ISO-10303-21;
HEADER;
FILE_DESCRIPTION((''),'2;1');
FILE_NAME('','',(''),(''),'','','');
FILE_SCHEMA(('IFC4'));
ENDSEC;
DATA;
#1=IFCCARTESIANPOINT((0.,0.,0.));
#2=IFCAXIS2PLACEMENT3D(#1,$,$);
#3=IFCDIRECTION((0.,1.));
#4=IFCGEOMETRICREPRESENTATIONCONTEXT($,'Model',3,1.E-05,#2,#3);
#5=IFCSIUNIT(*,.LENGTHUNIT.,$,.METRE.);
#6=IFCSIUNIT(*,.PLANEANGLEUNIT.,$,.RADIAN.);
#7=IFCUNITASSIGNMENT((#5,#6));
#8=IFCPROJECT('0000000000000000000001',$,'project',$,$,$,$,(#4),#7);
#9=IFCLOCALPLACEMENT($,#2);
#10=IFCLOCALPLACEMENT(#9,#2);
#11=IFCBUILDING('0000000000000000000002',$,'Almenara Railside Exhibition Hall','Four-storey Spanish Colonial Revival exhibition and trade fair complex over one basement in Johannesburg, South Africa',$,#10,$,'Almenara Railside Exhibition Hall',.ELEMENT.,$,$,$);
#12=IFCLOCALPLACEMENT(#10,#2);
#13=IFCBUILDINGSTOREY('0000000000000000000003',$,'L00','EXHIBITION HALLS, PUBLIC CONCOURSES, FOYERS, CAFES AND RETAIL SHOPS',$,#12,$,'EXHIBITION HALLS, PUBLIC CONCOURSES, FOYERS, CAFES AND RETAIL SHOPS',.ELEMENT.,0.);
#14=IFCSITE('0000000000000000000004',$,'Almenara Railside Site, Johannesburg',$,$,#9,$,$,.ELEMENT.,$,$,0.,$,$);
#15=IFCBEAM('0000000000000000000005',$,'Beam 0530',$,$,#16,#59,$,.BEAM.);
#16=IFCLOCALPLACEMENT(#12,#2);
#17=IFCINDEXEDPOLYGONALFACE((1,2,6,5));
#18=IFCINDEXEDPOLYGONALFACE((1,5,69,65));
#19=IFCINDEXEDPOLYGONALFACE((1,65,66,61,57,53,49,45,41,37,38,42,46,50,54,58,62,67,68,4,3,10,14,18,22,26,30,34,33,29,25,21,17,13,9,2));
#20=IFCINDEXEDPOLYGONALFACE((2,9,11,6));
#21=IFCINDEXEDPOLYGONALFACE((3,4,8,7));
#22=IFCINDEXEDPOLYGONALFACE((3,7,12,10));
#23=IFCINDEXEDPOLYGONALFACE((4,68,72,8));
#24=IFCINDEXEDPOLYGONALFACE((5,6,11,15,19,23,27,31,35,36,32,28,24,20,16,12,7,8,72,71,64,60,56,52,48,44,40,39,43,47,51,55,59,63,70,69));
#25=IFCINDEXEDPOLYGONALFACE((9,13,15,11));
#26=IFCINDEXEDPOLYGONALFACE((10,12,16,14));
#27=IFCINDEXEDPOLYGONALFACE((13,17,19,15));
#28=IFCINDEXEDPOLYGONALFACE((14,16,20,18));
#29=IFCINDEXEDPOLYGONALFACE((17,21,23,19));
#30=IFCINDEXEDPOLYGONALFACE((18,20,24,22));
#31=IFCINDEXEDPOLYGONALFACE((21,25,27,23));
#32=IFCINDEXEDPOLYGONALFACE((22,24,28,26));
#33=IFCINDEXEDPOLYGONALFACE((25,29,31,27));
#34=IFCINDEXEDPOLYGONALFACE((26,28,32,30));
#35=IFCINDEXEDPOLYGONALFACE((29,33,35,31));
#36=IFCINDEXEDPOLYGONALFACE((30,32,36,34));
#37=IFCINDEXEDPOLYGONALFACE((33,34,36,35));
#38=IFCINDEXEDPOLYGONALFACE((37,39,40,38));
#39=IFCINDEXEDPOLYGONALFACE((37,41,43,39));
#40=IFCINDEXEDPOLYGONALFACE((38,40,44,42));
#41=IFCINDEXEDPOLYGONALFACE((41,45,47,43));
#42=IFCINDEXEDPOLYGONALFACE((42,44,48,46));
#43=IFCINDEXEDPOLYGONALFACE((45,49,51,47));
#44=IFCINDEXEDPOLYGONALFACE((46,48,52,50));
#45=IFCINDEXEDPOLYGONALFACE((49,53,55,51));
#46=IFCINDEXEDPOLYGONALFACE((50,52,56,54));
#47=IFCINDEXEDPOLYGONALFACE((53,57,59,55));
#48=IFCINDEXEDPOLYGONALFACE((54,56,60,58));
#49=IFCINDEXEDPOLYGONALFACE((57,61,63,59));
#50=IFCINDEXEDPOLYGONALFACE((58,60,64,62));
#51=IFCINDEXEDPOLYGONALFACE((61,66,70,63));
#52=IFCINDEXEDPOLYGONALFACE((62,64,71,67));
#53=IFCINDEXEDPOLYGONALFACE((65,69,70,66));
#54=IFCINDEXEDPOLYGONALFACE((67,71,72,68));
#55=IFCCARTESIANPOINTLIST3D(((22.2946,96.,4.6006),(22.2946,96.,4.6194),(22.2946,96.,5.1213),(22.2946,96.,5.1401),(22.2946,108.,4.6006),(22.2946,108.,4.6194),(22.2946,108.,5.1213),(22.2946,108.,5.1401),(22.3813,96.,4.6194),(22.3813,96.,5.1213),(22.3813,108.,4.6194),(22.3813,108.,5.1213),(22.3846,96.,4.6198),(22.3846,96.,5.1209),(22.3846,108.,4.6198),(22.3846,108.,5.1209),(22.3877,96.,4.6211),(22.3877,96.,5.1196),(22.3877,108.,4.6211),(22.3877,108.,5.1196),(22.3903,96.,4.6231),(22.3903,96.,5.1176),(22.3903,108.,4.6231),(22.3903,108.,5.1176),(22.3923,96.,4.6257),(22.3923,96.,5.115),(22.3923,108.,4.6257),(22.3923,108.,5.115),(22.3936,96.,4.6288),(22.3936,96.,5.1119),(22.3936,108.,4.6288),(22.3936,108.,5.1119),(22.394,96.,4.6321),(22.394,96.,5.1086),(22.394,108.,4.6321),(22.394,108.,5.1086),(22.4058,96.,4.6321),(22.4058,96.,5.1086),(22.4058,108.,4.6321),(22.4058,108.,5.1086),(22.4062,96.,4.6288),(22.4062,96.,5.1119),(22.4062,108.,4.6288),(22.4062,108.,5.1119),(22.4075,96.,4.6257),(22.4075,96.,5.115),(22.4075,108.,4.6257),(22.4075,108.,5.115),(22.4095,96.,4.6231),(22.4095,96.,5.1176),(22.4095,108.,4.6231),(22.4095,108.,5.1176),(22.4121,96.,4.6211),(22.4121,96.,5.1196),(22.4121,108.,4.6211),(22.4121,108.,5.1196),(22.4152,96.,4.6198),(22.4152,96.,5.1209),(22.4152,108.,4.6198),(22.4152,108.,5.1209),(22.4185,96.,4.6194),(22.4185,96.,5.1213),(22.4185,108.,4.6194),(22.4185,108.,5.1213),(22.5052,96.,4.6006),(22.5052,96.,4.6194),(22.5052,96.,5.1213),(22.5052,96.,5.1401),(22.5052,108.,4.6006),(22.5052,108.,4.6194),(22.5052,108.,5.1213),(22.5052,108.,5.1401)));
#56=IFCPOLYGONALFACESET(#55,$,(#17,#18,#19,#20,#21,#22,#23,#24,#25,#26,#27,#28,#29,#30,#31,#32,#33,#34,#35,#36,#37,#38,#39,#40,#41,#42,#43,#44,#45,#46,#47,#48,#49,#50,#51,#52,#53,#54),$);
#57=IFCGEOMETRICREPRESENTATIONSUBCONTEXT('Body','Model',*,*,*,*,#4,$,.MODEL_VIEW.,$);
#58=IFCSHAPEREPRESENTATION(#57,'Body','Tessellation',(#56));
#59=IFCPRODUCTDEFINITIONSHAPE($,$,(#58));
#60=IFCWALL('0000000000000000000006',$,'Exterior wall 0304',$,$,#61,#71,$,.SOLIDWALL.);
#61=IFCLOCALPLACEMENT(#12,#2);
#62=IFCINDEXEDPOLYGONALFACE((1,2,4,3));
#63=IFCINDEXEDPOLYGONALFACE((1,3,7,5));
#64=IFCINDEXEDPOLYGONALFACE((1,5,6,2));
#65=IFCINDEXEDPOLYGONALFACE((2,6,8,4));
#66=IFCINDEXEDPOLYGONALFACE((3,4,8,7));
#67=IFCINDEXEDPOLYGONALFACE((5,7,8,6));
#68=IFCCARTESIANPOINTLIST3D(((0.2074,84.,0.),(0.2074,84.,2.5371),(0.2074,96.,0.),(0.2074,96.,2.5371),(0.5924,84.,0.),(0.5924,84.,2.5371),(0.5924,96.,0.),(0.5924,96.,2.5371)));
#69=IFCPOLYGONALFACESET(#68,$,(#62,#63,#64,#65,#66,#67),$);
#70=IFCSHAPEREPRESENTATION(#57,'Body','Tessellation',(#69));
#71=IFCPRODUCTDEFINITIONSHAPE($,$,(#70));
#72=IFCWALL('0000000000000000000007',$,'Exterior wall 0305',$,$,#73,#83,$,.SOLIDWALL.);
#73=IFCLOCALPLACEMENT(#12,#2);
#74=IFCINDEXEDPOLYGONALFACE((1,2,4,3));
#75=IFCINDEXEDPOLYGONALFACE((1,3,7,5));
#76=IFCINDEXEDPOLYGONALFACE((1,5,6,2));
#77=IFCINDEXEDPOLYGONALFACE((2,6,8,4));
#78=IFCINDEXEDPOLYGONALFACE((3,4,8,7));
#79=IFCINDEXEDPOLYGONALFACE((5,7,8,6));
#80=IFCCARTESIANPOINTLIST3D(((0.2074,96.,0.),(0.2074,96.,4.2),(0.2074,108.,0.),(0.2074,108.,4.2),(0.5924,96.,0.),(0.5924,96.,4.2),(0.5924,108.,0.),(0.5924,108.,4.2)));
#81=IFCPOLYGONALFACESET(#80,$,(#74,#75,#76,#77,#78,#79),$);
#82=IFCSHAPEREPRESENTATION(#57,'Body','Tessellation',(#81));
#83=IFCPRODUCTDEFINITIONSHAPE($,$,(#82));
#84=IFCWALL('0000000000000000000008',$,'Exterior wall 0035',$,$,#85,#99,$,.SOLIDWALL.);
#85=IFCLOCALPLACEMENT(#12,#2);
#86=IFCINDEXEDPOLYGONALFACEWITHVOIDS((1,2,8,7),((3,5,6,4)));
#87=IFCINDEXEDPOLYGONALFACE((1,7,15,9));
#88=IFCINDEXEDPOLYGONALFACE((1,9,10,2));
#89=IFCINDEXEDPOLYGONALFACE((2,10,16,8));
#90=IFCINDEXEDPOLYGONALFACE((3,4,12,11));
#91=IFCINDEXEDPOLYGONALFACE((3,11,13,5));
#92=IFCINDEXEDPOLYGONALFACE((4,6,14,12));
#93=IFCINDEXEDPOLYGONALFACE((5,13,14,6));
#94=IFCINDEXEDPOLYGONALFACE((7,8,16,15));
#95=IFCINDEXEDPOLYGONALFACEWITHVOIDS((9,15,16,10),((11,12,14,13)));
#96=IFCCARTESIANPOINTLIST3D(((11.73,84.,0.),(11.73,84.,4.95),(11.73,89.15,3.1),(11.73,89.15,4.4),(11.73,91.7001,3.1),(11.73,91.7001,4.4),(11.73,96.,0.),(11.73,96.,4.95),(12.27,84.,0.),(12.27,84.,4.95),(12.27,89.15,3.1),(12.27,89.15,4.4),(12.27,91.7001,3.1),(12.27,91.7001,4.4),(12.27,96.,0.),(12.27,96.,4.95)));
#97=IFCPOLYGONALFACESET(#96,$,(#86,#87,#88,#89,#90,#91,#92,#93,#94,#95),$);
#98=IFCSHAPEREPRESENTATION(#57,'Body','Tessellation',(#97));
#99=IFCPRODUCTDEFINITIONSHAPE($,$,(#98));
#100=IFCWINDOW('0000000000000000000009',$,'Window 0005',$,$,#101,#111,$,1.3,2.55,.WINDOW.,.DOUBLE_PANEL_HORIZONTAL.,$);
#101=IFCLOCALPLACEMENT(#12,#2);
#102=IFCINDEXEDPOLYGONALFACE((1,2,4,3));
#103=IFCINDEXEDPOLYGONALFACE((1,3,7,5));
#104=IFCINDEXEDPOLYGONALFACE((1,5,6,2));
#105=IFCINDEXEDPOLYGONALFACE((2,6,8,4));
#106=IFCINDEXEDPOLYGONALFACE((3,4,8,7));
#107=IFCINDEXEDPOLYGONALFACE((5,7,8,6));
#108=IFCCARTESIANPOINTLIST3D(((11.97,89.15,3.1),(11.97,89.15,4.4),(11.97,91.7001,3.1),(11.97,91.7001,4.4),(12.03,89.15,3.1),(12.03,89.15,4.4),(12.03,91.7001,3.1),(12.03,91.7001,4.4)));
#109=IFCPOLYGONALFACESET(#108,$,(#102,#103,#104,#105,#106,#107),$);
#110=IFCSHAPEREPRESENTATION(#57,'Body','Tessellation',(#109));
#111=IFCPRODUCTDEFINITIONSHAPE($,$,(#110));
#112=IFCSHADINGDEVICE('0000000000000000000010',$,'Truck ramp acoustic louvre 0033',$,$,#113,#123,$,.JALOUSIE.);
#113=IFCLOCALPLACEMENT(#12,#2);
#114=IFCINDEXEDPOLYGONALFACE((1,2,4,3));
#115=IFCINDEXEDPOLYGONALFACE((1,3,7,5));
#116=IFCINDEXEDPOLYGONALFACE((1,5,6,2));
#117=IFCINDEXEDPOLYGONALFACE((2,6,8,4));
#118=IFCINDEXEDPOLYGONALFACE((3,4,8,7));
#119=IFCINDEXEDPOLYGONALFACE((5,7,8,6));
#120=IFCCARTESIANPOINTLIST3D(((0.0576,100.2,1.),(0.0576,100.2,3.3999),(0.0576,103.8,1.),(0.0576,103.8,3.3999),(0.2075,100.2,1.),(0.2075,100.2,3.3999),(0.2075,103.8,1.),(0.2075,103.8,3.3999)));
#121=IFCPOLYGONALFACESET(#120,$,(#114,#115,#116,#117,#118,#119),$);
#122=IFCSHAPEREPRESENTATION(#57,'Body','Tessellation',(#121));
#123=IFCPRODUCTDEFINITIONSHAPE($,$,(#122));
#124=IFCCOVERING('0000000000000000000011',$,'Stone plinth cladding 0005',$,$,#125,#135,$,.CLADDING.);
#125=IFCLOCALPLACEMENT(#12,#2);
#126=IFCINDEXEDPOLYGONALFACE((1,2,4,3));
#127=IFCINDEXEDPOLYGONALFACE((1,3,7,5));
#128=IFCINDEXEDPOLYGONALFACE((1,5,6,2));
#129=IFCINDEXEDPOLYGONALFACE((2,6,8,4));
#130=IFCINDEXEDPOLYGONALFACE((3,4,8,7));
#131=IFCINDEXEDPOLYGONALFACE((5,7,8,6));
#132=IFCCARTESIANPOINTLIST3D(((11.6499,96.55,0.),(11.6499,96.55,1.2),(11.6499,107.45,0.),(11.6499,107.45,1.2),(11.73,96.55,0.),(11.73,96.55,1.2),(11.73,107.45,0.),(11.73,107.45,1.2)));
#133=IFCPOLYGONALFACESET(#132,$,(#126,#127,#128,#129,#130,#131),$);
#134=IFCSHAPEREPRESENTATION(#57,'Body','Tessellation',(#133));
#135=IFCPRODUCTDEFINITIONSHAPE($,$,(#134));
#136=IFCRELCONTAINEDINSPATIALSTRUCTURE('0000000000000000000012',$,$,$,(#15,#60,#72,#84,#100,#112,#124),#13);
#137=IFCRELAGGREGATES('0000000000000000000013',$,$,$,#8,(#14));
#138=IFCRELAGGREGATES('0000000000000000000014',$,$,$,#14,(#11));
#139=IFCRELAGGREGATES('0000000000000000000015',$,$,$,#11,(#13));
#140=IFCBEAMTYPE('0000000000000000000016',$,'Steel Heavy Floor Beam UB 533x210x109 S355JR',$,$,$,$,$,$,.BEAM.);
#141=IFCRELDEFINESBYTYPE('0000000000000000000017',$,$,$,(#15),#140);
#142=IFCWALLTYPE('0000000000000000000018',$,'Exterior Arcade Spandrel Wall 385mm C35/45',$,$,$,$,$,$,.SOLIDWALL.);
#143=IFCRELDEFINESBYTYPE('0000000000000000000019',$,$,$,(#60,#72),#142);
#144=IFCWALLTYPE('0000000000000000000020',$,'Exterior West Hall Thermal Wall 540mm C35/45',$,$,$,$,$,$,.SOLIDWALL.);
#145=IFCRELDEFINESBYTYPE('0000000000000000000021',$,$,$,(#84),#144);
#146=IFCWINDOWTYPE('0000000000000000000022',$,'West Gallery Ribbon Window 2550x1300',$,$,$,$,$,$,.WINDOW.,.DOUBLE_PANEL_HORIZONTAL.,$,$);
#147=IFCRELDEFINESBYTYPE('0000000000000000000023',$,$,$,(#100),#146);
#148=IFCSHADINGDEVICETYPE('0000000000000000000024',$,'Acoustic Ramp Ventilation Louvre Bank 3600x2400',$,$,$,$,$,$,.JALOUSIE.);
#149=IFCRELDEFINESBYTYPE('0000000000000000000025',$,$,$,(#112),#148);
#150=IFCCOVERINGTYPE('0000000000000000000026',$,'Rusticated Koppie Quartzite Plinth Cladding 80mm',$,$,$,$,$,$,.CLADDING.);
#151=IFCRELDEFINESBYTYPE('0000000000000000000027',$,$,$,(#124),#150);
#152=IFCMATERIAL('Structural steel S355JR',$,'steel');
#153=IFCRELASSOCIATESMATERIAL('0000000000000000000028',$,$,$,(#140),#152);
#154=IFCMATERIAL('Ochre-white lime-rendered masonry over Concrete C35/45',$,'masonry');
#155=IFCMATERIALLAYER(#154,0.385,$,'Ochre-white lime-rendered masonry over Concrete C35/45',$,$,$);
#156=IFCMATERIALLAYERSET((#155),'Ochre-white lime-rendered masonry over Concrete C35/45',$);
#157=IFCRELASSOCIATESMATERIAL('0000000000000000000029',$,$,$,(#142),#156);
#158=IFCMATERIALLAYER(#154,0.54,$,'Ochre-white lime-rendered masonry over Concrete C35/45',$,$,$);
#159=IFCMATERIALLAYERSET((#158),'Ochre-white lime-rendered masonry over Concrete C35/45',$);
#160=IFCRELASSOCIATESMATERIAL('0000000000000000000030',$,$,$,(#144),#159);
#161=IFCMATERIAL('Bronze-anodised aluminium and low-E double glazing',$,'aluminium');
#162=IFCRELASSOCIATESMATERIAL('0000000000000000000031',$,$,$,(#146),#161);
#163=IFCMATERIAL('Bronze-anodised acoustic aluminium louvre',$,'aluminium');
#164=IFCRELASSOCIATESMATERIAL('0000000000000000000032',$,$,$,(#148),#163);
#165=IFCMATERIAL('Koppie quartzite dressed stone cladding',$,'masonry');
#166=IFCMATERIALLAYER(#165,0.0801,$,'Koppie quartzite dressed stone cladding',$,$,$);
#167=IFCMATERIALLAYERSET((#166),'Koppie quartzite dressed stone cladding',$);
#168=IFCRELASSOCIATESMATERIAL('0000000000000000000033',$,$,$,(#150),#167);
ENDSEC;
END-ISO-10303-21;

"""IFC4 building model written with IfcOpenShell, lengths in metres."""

from ifc_helpers import new_model, si_unit, direction, frame, frame_2d, origin, origin_2d, place, context, subcontext, project, spatial, rectangle, i_section, extrude, material, layer, layer_set, material_profile, profile_set, type_object, element, fill, save


model = new_model("IFC4")

# Units and contexts
model_context = context("Model", 3, precision=1e-05, world=origin(), true_north=direction((0.0, 1.0)))
body_context = subcontext(model_context, "Body", "Model", "MODEL_VIEW")
ifc_project = project(units=[si_unit("LENGTHUNIT", "METRE"), si_unit("PLANEANGLEUNIT", "RADIAN")], contexts=[model_context])

# Site, building, storey
site_placement = place(None, origin())
site = spatial("IfcSite", under=ifc_project, at=site_placement, Name="Almenara Railside Site, Johannesburg", CompositionType="ELEMENT", RefElevation=0.0)
building_placement = place(site_placement, origin())
building = spatial("IfcBuilding", under=site, at=building_placement, Name="Almenara Railside Exhibition Hall", Description="Four-storey Spanish Colonial Revival exhibition and trade fair complex over one basement in Johannesburg, South Africa", LongName="Almenara Railside Exhibition Hall", CompositionType="ELEMENT")
storey_placement = place(building_placement, origin())
storey = spatial("IfcBuildingStorey", under=building, at=storey_placement, Name="L00", Description="EXHIBITION HALLS, PUBLIC CONCOURSES, FOYERS, CAFES AND RETAIL SHOPS", LongName="EXHIBITION HALLS, PUBLIC CONCOURSES, FOYERS, CAFES AND RETAIL SHOPS", CompositionType="ELEMENT", Elevation=0.0)

# Beam
ifc_material_1 = material(Name="Structural steel S355JR", Category="steel")
ifc_material_profile_1 = material_profile(ifc_material_1, i_section(OverallWidth=0.2107, OverallDepth=0.5396, WebThickness=0.0117, FlangeThickness=0.0188, FilletRadius=0.0127, at=origin_2d()), Name="UB 533x210x109")
ifc_profile_set_1 = profile_set([ifc_material_profile_1], Name="Structural steel S355JR")
beam_type_1 = type_object("IfcBeamType", Name="Steel Heavy Floor Beam UB 533x210x109 S355JR", PredefinedType="BEAM", material=ifc_profile_set_1)
for number, where, z_axis, x_axis, name in (
    (1, (22.3999, 96.0, 4.8704), (0.0, 1.0, 0.0), (-1.0, 0.0, 0.0), "Beam 0530"),
):
    element("IfcBeam", number, at=place(storey_placement, frame(where, z_axis=z_axis, x_axis=x_axis)), inside=storey, type_object=beam_type_1, Name=name, PredefinedType="BEAM", context=body_context, shape_type="SweptSolid", body=[
        extrude(i_section(OverallWidth=0.2107, OverallDepth=0.5396, WebThickness=0.0117, FlangeThickness=0.0188, FilletRadius=0.0127, at=origin_2d()), origin(), (0.0, 0.0, 1.0), 12.0),
    ])

# Walls
ifc_material_2 = material(Name="Ochre-white lime-rendered masonry over Concrete C35/45", Category="masonry")
ifc_layer_1 = layer(ifc_material_2, 0.385, Name="Ochre-white lime-rendered masonry over Concrete C35/45")
ifc_layer_set_1 = layer_set([ifc_layer_1], Name="Ochre-white lime-rendered masonry over Concrete C35/45")
wall_type_1 = type_object("IfcWallType", Name="Exterior Arcade Spandrel Wall 385mm C35/45", PredefinedType="SOLIDWALL", material=ifc_layer_set_1)
wall_1_placement = place(storey_placement, frame((0.3999, 96.0, 0.0), z_axis=(0.0, 0.0, 1.0), x_axis=(0.0, -1.0, 0.0)))
element("IfcWall", 2, at=wall_1_placement, inside=storey, type_object=wall_type_1, Name="Exterior wall 0304", PredefinedType="SOLIDWALL", context=body_context, shape_type="SweptSolid", body=[
    extrude(rectangle(XDim=12.0, YDim=0.385, at=frame_2d((6.0, 0.0))), origin(), (0.0, 0.0, 1.0), 2.5371),
])
wall_2_placement = place(storey_placement, frame((0.3999, 108.0, 0.0), z_axis=(0.0, 0.0, 1.0), x_axis=(0.0, -1.0, 0.0)))
element("IfcWall", 3, at=wall_2_placement, inside=storey, type_object=wall_type_1, Name="Exterior wall 0305", PredefinedType="SOLIDWALL", context=body_context, shape_type="SweptSolid", body=[
    extrude(rectangle(XDim=12.0, YDim=0.385, at=frame_2d((6.0, 0.0))), origin(), (0.0, 0.0, 1.0), 4.2),
])

# Wall, opening, window
ifc_layer_2 = layer(ifc_material_2, 0.54, Name="Ochre-white lime-rendered masonry over Concrete C35/45")
ifc_layer_set_2 = layer_set([ifc_layer_2], Name="Ochre-white lime-rendered masonry over Concrete C35/45")
wall_type_2 = type_object("IfcWallType", Name="Exterior West Hall Thermal Wall 540mm C35/45", PredefinedType="SOLIDWALL", material=ifc_layer_set_2)
wall_3_placement = place(storey_placement, frame((12.0, 96.0, 0.0), z_axis=(0.0, 0.0, 1.0), x_axis=(0.0, -1.0, 0.0)))
wall_3 = element("IfcWall", 4, at=wall_3_placement, inside=storey, type_object=wall_type_2, Name="Exterior wall 0035", PredefinedType="SOLIDWALL", context=body_context, shape_type="SweptSolid", body=[
    extrude(rectangle(XDim=12.0, YDim=0.54, at=frame_2d((6.0, 0.0))), origin(), (0.0, 0.0, 1.0), 4.95),
])
opening_placement = place(wall_3_placement, frame((4.3, 0.0, 3.1001)))
opening = element("IfcOpeningElement", 5, at=opening_placement, cuts=wall_3, PredefinedType="OPENING", context=body_context, shape_type="SweptSolid", body=[
    extrude(rectangle(XDim=2.55, YDim=1.3, at=frame_2d((1.2749, 0.6499))), frame((0.0, 0.28, 0.0), z_axis=(0.0, -1.0, 0.0), x_axis=(1.0, 0.0, 0.0)), (0.0, 0.0, 1.0), 0.5601),
])
ifc_material_3 = material(Name="Bronze-anodised aluminium and low-E double glazing", Category="aluminium")
window_type = type_object("IfcWindowType", Name="West Gallery Ribbon Window 2550x1300", PartitioningType="DOUBLE_PANEL_HORIZONTAL", PredefinedType="WINDOW", material=ifc_material_3)
window_placement = place(opening_placement, origin())
window = element("IfcWindow", 6, at=window_placement, inside=storey, type_object=window_type, Name="Window 0005", OverallHeight=1.3, OverallWidth=2.55, PartitioningType="DOUBLE_PANEL_HORIZONTAL", PredefinedType="WINDOW", context=body_context, shape_type="SweptSolid", body=[
    extrude(rectangle(XDim=2.55, YDim=1.3, at=frame_2d((1.2749, 0.6499))), frame((0.0, 0.03, 0.0), z_axis=(0.0, -1.0, 0.0), x_axis=(1.0, 0.0, 0.0)), (0.0, 0.0, 1.0), 0.0601),
])
fill(opening, window)

# Shading device
ifc_material_4 = material(Name="Bronze-anodised acoustic aluminium louvre", Category="aluminium")
shading_device_type = type_object("IfcShadingDeviceType", Name="Acoustic Ramp Ventilation Louvre Bank 3600x2400", PredefinedType="JALOUSIE", material=ifc_material_4)
shading_device_placement = place(storey_placement, frame((0.1326, 102.0, 1.0), z_axis=(0.0, 0.0, 1.0), x_axis=(0.0, 1.0, 0.0)))
element("IfcShadingDevice", 7, at=shading_device_placement, inside=storey, type_object=shading_device_type, Name="Truck ramp acoustic louvre 0033", PredefinedType="JALOUSIE", context=body_context, shape_type="SweptSolid", body=[
    extrude(rectangle(XDim=3.6001, YDim=0.1499, at=origin_2d()), origin(), (0.0, 0.0, 1.0), 2.3999),
])

# Covering
ifc_material_5 = material(Name="Koppie quartzite dressed stone cladding", Category="masonry")
ifc_layer_3 = layer(ifc_material_5, 0.0801, Name="Koppie quartzite dressed stone cladding")
ifc_layer_set_3 = layer_set([ifc_layer_3], Name="Koppie quartzite dressed stone cladding")
covering_type = type_object("IfcCoveringType", Name="Rusticated Koppie Quartzite Plinth Cladding 80mm", PredefinedType="CLADDING", material=ifc_layer_set_3)
covering_placement = place(storey_placement, frame((11.6899, 102.0, 0.0), z_axis=(0.0, 0.0, 1.0), x_axis=(0.0, -1.0, 0.0)))
element("IfcCovering", 8, at=covering_placement, inside=storey, type_object=covering_type, Name="Stone plinth cladding 0005", PredefinedType="CLADDING", context=body_context, shape_type="SweptSolid", body=[
    extrude(rectangle(XDim=10.8999, YDim=0.0801, at=origin_2d()), origin(), (0.0, 0.0, 1.0), 1.2),
])

save(model, "model.ifc")
